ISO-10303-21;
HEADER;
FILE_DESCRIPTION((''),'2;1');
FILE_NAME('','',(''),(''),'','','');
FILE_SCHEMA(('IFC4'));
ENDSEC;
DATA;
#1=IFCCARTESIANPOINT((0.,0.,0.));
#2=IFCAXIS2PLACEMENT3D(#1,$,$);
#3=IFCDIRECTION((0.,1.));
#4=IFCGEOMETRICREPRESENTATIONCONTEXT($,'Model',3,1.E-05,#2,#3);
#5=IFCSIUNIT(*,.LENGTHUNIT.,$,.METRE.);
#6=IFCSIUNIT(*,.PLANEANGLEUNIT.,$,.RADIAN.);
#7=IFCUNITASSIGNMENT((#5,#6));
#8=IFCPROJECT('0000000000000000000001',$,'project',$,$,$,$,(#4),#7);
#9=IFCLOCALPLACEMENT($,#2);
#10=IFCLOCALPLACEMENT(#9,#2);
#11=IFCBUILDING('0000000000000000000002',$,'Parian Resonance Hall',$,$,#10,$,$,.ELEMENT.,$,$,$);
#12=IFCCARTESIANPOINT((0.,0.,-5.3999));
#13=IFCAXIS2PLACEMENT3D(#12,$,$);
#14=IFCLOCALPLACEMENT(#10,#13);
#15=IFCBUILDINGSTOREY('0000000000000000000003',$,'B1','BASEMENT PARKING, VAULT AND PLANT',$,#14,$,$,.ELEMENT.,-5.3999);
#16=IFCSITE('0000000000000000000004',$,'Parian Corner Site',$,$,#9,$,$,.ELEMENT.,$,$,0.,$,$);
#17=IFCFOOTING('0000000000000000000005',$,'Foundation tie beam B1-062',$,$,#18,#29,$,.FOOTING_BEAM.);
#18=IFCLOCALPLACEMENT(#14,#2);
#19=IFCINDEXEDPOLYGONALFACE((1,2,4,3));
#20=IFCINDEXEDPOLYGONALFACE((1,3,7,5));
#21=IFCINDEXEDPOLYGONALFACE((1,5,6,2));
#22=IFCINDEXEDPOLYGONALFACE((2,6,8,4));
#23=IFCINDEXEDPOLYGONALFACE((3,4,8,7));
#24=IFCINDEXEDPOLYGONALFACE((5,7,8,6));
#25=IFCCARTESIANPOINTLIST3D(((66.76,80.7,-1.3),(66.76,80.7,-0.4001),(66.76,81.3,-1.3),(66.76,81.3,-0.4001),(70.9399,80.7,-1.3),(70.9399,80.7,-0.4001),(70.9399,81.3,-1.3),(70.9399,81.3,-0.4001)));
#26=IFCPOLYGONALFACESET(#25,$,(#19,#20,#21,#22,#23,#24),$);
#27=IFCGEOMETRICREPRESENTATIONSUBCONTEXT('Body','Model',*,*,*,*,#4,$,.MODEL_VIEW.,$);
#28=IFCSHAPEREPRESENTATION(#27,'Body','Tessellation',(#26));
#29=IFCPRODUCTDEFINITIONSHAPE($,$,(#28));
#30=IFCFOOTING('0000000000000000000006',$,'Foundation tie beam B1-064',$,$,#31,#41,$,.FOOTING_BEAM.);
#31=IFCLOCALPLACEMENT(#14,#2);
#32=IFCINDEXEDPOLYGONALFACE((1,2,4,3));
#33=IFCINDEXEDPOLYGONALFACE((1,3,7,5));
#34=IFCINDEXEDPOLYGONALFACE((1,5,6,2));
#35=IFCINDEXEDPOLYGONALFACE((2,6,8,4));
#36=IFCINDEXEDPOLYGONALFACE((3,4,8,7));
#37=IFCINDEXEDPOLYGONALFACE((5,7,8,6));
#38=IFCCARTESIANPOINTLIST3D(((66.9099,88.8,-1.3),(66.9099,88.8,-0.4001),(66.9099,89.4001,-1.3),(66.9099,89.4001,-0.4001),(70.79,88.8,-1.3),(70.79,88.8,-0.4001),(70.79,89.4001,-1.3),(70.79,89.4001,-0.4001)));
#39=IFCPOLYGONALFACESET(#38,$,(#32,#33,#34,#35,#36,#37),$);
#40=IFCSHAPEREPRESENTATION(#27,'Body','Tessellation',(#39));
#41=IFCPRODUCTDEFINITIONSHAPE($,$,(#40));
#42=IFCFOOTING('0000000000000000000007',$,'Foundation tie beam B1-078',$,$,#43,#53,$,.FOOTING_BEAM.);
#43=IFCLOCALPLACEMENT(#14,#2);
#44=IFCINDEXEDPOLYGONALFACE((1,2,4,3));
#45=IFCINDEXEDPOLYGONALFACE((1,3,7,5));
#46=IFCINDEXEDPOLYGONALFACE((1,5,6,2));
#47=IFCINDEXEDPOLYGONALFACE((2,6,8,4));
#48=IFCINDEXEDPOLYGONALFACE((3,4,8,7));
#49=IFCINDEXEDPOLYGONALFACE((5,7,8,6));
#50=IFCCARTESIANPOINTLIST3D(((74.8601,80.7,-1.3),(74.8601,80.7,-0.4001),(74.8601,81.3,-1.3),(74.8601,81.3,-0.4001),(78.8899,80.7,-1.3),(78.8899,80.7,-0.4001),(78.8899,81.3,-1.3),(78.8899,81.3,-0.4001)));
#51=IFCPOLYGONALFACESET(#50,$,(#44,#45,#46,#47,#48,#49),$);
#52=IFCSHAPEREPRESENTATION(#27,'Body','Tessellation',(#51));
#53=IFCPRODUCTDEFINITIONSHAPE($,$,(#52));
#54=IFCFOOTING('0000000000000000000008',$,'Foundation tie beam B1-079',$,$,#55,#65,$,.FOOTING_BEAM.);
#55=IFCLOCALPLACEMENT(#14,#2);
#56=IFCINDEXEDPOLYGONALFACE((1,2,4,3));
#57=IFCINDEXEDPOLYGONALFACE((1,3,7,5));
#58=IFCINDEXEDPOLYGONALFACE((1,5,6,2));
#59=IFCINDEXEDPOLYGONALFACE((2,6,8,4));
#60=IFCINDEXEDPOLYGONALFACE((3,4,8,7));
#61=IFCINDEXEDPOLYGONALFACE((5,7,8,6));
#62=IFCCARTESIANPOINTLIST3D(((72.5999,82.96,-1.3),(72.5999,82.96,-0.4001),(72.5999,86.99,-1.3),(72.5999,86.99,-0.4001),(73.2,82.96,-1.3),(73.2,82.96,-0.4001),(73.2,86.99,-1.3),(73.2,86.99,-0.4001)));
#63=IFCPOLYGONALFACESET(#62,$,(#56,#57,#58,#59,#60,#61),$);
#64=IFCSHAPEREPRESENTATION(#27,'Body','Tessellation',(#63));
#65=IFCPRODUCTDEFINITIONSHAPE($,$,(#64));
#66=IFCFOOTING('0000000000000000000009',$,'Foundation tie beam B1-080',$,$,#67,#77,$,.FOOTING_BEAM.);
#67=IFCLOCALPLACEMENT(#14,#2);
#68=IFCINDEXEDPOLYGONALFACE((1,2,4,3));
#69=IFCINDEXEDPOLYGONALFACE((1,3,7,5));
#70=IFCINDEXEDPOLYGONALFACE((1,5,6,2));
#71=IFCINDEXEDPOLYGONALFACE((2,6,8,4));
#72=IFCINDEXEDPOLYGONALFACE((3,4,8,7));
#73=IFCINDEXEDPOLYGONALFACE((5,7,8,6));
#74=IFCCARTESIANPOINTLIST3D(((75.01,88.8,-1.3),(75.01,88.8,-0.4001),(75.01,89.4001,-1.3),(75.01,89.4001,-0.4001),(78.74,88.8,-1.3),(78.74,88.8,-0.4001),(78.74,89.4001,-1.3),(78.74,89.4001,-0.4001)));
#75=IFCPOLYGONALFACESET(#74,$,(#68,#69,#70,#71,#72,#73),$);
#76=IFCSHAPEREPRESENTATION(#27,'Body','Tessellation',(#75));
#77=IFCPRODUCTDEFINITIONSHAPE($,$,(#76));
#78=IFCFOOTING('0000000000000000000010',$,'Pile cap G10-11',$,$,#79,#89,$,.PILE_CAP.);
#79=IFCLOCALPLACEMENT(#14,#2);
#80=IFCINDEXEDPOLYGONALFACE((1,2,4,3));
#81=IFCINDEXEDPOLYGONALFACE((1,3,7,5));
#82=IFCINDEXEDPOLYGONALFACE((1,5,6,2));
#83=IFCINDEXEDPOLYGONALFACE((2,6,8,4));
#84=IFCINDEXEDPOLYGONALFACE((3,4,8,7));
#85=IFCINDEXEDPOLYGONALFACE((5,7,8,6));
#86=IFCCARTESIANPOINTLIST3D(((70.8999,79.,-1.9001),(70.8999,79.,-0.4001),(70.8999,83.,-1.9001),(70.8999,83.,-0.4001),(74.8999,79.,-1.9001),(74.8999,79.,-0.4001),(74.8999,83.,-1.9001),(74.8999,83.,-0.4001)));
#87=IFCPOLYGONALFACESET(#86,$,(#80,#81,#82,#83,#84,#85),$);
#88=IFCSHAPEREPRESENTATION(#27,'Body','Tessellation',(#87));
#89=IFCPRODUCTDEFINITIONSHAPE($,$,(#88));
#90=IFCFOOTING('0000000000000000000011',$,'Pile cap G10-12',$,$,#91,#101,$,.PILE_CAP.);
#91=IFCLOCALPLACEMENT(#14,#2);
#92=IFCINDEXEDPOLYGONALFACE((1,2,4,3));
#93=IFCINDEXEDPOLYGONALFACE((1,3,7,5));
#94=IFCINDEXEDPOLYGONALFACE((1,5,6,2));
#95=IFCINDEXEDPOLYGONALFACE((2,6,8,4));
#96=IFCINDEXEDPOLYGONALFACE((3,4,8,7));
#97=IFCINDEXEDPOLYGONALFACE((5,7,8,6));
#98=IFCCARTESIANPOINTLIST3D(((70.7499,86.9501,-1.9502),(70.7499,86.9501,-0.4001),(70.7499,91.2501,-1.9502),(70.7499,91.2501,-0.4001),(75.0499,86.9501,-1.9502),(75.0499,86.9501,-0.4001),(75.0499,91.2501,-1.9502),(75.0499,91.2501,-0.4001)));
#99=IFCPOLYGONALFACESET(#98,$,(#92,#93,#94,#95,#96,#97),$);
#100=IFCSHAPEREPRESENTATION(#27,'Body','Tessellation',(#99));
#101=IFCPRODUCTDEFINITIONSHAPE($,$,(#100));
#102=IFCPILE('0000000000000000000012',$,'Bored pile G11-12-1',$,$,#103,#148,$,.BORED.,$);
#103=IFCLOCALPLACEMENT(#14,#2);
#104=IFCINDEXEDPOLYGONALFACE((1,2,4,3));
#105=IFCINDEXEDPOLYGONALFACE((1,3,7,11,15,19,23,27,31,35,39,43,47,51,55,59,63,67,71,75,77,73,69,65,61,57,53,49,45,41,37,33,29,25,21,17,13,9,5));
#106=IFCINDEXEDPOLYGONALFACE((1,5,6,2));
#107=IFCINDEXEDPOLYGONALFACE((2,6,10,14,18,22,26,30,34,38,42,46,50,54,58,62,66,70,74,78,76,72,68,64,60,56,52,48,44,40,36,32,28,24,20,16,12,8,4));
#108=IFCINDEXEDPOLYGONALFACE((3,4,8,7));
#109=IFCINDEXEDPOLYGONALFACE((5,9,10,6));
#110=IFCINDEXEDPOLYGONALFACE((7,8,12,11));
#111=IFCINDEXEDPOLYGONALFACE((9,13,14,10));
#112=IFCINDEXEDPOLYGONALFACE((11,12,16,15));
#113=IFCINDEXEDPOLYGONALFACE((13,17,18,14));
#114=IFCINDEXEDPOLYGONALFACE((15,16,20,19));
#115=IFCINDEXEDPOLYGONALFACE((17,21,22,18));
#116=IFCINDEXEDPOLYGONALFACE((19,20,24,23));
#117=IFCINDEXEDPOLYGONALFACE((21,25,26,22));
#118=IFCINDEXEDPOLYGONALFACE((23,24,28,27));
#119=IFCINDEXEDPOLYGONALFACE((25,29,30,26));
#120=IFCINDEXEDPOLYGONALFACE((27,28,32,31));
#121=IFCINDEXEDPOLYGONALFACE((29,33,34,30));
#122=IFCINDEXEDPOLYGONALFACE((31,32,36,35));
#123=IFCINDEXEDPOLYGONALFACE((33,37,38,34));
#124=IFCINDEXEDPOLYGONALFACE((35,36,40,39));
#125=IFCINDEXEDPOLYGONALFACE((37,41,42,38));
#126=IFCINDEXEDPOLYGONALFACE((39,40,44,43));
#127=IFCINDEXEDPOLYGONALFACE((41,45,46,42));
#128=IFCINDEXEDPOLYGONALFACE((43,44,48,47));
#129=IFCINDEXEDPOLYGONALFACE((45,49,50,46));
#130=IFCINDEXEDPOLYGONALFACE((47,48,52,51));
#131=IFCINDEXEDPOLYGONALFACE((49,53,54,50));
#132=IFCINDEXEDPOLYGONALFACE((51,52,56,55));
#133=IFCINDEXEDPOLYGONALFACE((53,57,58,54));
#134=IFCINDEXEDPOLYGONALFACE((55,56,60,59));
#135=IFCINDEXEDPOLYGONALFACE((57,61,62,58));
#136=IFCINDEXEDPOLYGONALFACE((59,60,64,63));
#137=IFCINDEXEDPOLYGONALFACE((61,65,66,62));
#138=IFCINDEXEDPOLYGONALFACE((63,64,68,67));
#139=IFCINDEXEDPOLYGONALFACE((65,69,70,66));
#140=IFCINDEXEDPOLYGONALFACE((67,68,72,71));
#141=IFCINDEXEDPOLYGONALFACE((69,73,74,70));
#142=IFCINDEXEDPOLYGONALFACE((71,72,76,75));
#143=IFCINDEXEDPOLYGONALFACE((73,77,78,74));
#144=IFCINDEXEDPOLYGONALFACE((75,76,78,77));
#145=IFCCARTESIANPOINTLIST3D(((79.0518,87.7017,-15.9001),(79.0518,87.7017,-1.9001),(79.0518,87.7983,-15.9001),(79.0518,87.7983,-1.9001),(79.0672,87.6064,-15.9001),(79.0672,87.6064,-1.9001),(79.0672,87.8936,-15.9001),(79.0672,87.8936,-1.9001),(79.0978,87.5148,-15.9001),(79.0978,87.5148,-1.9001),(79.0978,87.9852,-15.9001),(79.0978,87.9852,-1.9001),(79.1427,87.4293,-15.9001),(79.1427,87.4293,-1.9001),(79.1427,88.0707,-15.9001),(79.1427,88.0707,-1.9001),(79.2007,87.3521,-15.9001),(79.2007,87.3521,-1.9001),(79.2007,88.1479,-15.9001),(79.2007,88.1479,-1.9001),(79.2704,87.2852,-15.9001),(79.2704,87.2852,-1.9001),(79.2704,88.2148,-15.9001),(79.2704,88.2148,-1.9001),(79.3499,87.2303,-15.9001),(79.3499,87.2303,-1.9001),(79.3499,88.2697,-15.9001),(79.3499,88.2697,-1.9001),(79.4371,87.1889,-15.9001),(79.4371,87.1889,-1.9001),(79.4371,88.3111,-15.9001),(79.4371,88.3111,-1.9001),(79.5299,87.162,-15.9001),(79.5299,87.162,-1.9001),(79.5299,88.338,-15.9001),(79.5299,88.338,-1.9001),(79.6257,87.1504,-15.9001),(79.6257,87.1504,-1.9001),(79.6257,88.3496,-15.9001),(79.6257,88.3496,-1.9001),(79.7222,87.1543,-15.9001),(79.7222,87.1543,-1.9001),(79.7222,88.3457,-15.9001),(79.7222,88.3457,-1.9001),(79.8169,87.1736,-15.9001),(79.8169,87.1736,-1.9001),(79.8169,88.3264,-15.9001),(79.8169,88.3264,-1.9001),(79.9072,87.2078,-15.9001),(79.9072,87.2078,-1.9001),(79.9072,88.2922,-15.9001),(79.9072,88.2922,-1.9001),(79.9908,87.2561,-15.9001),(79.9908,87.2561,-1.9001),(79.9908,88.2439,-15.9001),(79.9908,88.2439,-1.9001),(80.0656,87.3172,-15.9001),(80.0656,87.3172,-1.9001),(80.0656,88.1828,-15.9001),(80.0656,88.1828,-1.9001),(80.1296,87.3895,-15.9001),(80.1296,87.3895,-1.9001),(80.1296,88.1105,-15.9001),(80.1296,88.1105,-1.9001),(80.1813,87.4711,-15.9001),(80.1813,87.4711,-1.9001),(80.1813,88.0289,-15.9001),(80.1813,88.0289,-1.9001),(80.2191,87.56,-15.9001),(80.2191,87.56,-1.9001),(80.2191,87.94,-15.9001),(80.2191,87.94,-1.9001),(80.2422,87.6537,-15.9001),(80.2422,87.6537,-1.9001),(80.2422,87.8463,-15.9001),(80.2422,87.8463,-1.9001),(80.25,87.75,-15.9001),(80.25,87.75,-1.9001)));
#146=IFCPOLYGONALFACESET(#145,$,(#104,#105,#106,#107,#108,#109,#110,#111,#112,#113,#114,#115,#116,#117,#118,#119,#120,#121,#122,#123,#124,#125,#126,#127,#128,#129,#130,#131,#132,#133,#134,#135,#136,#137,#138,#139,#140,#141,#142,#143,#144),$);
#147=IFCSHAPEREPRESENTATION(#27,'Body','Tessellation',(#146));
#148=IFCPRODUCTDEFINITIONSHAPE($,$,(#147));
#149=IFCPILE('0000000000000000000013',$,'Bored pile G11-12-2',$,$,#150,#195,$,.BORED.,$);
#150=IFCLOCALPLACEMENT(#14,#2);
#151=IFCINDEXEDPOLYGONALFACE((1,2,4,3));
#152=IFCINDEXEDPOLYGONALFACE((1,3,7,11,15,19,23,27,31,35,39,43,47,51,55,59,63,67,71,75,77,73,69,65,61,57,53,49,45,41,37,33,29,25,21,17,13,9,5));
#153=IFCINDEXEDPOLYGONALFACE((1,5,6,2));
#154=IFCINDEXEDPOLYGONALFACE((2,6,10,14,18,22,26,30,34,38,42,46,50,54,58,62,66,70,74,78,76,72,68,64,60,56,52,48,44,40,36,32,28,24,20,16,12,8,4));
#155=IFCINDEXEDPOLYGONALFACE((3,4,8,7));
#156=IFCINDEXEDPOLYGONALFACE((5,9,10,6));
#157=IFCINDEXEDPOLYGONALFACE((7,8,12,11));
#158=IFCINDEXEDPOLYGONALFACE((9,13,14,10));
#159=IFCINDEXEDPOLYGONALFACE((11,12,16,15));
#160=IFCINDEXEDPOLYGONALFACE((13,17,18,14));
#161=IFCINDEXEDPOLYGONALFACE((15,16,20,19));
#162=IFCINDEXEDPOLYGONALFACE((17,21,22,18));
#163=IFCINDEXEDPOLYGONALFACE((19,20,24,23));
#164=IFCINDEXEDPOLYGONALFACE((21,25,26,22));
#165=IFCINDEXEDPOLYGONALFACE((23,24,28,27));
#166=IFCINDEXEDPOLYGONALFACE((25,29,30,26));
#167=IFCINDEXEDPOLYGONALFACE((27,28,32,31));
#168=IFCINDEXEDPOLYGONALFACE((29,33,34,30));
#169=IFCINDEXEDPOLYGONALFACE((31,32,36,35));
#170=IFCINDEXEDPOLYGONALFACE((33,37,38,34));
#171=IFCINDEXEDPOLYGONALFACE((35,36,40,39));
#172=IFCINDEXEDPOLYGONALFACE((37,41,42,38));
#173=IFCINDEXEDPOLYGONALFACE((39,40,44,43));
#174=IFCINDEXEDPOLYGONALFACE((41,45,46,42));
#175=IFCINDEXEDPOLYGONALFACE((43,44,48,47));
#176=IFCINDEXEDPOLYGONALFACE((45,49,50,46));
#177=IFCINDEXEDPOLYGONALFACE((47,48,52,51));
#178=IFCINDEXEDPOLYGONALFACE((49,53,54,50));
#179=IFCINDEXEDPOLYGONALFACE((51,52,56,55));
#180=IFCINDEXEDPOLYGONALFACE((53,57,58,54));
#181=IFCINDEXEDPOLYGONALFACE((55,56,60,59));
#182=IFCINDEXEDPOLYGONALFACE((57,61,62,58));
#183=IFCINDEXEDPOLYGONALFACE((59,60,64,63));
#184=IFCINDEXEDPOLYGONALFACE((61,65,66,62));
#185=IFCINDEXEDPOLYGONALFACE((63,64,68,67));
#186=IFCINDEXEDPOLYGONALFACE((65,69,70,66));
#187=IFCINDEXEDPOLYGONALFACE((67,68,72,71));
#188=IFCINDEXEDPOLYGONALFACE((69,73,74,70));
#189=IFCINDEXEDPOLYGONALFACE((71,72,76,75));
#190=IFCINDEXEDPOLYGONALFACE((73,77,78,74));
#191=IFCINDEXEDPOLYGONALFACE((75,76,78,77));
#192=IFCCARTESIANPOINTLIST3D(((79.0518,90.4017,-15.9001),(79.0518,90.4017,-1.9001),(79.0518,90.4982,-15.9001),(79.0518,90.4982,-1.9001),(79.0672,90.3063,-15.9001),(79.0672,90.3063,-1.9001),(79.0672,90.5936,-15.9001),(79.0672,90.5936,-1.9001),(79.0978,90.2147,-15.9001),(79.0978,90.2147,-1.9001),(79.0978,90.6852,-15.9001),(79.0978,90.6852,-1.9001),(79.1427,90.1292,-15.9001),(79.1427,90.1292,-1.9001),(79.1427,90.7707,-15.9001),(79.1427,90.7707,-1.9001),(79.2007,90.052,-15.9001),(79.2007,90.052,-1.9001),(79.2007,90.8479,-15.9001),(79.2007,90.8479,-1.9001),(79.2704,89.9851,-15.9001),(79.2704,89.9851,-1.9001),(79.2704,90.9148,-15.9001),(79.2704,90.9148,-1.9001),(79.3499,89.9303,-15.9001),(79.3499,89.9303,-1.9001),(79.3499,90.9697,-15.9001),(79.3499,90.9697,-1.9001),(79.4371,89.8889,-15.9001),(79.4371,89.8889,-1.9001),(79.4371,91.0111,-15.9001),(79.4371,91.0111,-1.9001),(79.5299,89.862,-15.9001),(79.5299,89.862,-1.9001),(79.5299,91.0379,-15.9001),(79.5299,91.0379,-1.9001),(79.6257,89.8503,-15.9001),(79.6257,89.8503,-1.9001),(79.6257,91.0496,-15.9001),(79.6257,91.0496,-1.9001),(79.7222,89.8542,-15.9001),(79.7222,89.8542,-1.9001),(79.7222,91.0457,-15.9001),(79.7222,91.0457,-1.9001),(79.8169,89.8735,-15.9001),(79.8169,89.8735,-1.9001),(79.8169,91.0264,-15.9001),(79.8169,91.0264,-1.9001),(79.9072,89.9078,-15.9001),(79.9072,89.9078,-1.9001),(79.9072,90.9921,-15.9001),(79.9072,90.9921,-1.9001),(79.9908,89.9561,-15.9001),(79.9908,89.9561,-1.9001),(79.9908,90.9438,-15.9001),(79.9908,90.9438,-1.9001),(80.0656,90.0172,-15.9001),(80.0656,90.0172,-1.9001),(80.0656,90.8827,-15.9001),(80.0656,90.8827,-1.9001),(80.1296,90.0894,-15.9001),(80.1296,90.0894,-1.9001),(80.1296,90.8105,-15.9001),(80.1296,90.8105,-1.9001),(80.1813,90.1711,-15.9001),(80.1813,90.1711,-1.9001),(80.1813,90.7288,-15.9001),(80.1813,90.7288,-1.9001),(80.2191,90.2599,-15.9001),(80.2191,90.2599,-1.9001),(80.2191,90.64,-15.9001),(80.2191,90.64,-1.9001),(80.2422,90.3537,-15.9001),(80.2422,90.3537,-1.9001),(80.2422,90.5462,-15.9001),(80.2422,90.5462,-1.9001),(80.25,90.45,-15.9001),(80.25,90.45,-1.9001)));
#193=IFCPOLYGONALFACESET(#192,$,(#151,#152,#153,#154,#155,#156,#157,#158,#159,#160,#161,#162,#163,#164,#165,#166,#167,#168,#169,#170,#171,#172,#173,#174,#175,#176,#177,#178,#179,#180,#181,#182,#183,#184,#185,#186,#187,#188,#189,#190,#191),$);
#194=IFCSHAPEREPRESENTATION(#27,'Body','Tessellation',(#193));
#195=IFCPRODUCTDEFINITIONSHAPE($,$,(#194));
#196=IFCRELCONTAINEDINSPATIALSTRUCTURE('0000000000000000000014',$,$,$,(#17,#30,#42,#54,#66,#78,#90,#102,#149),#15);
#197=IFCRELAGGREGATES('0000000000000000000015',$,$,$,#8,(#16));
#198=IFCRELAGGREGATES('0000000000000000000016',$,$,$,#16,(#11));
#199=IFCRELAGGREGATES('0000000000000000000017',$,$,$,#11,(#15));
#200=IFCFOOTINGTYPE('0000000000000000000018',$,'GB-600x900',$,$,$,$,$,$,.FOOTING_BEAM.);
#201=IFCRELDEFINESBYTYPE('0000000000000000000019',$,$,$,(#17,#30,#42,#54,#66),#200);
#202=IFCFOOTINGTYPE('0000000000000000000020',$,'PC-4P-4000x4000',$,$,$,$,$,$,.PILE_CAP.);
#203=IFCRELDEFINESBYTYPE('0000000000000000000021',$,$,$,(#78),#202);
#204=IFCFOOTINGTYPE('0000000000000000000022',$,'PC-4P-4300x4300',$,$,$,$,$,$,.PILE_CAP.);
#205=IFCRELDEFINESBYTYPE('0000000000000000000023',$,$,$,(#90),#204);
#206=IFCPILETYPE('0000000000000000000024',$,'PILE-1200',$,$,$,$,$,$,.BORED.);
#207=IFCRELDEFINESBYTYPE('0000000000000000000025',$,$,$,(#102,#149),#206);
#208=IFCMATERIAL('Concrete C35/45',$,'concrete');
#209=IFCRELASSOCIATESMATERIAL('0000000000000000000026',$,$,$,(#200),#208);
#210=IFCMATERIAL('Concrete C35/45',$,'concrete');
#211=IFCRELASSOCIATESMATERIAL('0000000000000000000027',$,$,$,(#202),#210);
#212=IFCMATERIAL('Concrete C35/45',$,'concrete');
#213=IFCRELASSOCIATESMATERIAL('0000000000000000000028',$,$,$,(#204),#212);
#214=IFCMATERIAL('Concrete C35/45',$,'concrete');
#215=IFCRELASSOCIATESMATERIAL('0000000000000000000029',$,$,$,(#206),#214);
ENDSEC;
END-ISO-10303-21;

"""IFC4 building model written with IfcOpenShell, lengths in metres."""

from ifc_helpers import new_model, si_unit, direction, frame, origin, origin_2d, place, context, subcontext, project, spatial, rectangle, circle, extrude, material, material_profile, profile_set, type_object, element, save


model = new_model("IFC4")

# Units and contexts
model_context = context("Model", 3, precision=1e-05, world=origin(), true_north=direction((0.0, 1.0)))
body_context = subcontext(model_context, "Body", "Model", "MODEL_VIEW")
ifc_project = project(units=[si_unit("LENGTHUNIT", "METRE"), si_unit("PLANEANGLEUNIT", "RADIAN")], contexts=[model_context])

# Site, building, storey
site_placement = place(None, origin())
site = spatial("IfcSite", under=ifc_project, at=site_placement, Name="Parian Corner Site", CompositionType="ELEMENT", RefElevation=0.0)
building_placement = place(site_placement, origin())
building = spatial("IfcBuilding", under=site, at=building_placement, Name="Parian Resonance Hall", CompositionType="ELEMENT")
storey_placement = place(building_placement, frame((0.0, 0.0, -5.3999)))
storey = spatial("IfcBuildingStorey", under=building, at=storey_placement, Name="B1", Description="BASEMENT PARKING, VAULT AND PLANT", CompositionType="ELEMENT", Elevation=-5.3999)

# Footings
ifc_material_1 = material(Name="Concrete C35/45", Category="concrete")
ifc_material_profile_1 = material_profile(ifc_material_1, rectangle(XDim=0.6001, YDim=0.8999, at=origin_2d()), Name="RC-GB-600x900")
ifc_profile_set_1 = profile_set([ifc_material_profile_1], Name="Concrete C35/45")
footing_type_1 = type_object("IfcFootingType", Name="GB-600x900", PredefinedType="FOOTING_BEAM", material=ifc_profile_set_1)
footing_1_placement = place(storey_placement, frame((66.76, 81.0, -0.8501), z_axis=(1.0, 0.0, 0.0), x_axis=(0.0, 1.0, 0.0)))
element("IfcFooting", 1, at=footing_1_placement, inside=storey, type_object=footing_type_1, Name="Foundation tie beam B1-062", PredefinedType="FOOTING_BEAM", context=body_context, shape_type="SweptSolid", body=[
    extrude(rectangle(XDim=0.6001, YDim=0.8999, at=origin_2d()), origin(), (0.0, 0.0, 1.0), 4.1799),
])
footing_2_placement = place(storey_placement, frame((66.9099, 89.1001, -0.8501), z_axis=(1.0, 0.0, 0.0), x_axis=(0.0, 1.0, 0.0)))
element("IfcFooting", 2, at=footing_2_placement, inside=storey, type_object=footing_type_1, Name="Foundation tie beam B1-064", PredefinedType="FOOTING_BEAM", context=body_context, shape_type="SweptSolid", body=[
    extrude(rectangle(XDim=0.6001, YDim=0.8999, at=origin_2d()), origin(), (0.0, 0.0, 1.0), 3.8801),
])
footing_3_placement = place(storey_placement, frame((74.8601, 81.0, -0.8501), z_axis=(1.0, 0.0, 0.0), x_axis=(0.0, 1.0, 0.0)))
element("IfcFooting", 3, at=footing_3_placement, inside=storey, type_object=footing_type_1, Name="Foundation tie beam B1-078", PredefinedType="FOOTING_BEAM", context=body_context, shape_type="SweptSolid", body=[
    extrude(rectangle(XDim=0.6001, YDim=0.8999, at=origin_2d()), origin(), (0.0, 0.0, 1.0), 4.0298),
])
footing_4_placement = place(storey_placement, frame((72.8999, 82.96, -0.8501), z_axis=(0.0, 1.0, 0.0), x_axis=(-1.0, 0.0, 0.0)))
element("IfcFooting", 4, at=footing_4_placement, inside=storey, type_object=footing_type_1, Name="Foundation tie beam B1-079", PredefinedType="FOOTING_BEAM", context=body_context, shape_type="SweptSolid", body=[
    extrude(rectangle(XDim=0.6001, YDim=0.8999, at=origin_2d()), origin(), (0.0, 0.0, 1.0), 4.03),
])
footing_5_placement = place(storey_placement, frame((75.01, 89.1001, -0.8501), z_axis=(1.0, 0.0, 0.0), x_axis=(0.0, 1.0, 0.0)))
element("IfcFooting", 5, at=footing_5_placement, inside=storey, type_object=footing_type_1, Name="Foundation tie beam B1-080", PredefinedType="FOOTING_BEAM", context=body_context, shape_type="SweptSolid", body=[
    extrude(rectangle(XDim=0.6001, YDim=0.8999, at=origin_2d()), origin(), (0.0, 0.0, 1.0), 3.73),
])
ifc_material_2 = material(Name="Concrete C35/45", Category="concrete")
footing_type_2 = type_object("IfcFootingType", Name="PC-4P-4000x4000", PredefinedType="PILE_CAP", material=ifc_material_2)
footing_6_placement = place(storey_placement, frame((72.8999, 81.0, -1.9001), z_axis=(0.0, 0.0, 1.0), x_axis=(1.0, 0.0, 0.0)))
element("IfcFooting", 6, at=footing_6_placement, inside=storey, type_object=footing_type_2, Name="Pile cap G10-11", PredefinedType="PILE_CAP", context=body_context, shape_type="SweptSolid", body=[
    extrude(rectangle(XDim=4.0, YDim=4.0, at=origin_2d()), origin(), (0.0, 0.0, 1.0), 1.5),
])
ifc_material_3 = material(Name="Concrete C35/45", Category="concrete")
footing_type_3 = type_object("IfcFootingType", Name="PC-4P-4300x4300", PredefinedType="PILE_CAP", material=ifc_material_3)
footing_7_placement = place(storey_placement, frame((72.8999, 89.1001, -1.9502), z_axis=(0.0, 0.0, 1.0), x_axis=(1.0, 0.0, 0.0)))
element("IfcFooting", 7, at=footing_7_placement, inside=storey, type_object=footing_type_3, Name="Pile cap G10-12", PredefinedType="PILE_CAP", context=body_context, shape_type="SweptSolid", body=[
    extrude(rectangle(XDim=4.3, YDim=4.3, at=origin_2d()), origin(), (0.0, 0.0, 1.0), 1.55),
])

# Piles
ifc_material_4 = material(Name="Concrete C35/45", Category="concrete")
ifc_material_profile_2 = material_profile(ifc_material_4, circle(Radius=0.6001, at=origin_2d()), Name="PILE-D1200")
ifc_profile_set_2 = profile_set([ifc_material_profile_2], Name="Concrete C35/45")
pile_type_1 = type_object("IfcPileType", Name="PILE-1200", PredefinedType="BORED", material=ifc_profile_set_2)
for number, where, z_axis, x_axis, name in (
    (8, (79.6499, 87.75, -1.9001), (0.0, 0.0, -1.0), (1.0, 0.0, 0.0), "Bored pile G11-12-1"),
    (9, (79.6499, 90.45, -1.9001), (0.0, 0.0, -1.0), (1.0, 0.0, 0.0), "Bored pile G11-12-2"),
):
    element("IfcPile", number, at=place(storey_placement, frame(where, z_axis=z_axis, x_axis=x_axis)), inside=storey, type_object=pile_type_1, Name=name, PredefinedType="BORED", context=body_context, shape_type="SweptSolid", body=[
        extrude(circle(Radius=0.6001, at=origin_2d()), origin(), (0.0, 0.0, 1.0), 14.0),
    ])

save(model, "model.ifc")
